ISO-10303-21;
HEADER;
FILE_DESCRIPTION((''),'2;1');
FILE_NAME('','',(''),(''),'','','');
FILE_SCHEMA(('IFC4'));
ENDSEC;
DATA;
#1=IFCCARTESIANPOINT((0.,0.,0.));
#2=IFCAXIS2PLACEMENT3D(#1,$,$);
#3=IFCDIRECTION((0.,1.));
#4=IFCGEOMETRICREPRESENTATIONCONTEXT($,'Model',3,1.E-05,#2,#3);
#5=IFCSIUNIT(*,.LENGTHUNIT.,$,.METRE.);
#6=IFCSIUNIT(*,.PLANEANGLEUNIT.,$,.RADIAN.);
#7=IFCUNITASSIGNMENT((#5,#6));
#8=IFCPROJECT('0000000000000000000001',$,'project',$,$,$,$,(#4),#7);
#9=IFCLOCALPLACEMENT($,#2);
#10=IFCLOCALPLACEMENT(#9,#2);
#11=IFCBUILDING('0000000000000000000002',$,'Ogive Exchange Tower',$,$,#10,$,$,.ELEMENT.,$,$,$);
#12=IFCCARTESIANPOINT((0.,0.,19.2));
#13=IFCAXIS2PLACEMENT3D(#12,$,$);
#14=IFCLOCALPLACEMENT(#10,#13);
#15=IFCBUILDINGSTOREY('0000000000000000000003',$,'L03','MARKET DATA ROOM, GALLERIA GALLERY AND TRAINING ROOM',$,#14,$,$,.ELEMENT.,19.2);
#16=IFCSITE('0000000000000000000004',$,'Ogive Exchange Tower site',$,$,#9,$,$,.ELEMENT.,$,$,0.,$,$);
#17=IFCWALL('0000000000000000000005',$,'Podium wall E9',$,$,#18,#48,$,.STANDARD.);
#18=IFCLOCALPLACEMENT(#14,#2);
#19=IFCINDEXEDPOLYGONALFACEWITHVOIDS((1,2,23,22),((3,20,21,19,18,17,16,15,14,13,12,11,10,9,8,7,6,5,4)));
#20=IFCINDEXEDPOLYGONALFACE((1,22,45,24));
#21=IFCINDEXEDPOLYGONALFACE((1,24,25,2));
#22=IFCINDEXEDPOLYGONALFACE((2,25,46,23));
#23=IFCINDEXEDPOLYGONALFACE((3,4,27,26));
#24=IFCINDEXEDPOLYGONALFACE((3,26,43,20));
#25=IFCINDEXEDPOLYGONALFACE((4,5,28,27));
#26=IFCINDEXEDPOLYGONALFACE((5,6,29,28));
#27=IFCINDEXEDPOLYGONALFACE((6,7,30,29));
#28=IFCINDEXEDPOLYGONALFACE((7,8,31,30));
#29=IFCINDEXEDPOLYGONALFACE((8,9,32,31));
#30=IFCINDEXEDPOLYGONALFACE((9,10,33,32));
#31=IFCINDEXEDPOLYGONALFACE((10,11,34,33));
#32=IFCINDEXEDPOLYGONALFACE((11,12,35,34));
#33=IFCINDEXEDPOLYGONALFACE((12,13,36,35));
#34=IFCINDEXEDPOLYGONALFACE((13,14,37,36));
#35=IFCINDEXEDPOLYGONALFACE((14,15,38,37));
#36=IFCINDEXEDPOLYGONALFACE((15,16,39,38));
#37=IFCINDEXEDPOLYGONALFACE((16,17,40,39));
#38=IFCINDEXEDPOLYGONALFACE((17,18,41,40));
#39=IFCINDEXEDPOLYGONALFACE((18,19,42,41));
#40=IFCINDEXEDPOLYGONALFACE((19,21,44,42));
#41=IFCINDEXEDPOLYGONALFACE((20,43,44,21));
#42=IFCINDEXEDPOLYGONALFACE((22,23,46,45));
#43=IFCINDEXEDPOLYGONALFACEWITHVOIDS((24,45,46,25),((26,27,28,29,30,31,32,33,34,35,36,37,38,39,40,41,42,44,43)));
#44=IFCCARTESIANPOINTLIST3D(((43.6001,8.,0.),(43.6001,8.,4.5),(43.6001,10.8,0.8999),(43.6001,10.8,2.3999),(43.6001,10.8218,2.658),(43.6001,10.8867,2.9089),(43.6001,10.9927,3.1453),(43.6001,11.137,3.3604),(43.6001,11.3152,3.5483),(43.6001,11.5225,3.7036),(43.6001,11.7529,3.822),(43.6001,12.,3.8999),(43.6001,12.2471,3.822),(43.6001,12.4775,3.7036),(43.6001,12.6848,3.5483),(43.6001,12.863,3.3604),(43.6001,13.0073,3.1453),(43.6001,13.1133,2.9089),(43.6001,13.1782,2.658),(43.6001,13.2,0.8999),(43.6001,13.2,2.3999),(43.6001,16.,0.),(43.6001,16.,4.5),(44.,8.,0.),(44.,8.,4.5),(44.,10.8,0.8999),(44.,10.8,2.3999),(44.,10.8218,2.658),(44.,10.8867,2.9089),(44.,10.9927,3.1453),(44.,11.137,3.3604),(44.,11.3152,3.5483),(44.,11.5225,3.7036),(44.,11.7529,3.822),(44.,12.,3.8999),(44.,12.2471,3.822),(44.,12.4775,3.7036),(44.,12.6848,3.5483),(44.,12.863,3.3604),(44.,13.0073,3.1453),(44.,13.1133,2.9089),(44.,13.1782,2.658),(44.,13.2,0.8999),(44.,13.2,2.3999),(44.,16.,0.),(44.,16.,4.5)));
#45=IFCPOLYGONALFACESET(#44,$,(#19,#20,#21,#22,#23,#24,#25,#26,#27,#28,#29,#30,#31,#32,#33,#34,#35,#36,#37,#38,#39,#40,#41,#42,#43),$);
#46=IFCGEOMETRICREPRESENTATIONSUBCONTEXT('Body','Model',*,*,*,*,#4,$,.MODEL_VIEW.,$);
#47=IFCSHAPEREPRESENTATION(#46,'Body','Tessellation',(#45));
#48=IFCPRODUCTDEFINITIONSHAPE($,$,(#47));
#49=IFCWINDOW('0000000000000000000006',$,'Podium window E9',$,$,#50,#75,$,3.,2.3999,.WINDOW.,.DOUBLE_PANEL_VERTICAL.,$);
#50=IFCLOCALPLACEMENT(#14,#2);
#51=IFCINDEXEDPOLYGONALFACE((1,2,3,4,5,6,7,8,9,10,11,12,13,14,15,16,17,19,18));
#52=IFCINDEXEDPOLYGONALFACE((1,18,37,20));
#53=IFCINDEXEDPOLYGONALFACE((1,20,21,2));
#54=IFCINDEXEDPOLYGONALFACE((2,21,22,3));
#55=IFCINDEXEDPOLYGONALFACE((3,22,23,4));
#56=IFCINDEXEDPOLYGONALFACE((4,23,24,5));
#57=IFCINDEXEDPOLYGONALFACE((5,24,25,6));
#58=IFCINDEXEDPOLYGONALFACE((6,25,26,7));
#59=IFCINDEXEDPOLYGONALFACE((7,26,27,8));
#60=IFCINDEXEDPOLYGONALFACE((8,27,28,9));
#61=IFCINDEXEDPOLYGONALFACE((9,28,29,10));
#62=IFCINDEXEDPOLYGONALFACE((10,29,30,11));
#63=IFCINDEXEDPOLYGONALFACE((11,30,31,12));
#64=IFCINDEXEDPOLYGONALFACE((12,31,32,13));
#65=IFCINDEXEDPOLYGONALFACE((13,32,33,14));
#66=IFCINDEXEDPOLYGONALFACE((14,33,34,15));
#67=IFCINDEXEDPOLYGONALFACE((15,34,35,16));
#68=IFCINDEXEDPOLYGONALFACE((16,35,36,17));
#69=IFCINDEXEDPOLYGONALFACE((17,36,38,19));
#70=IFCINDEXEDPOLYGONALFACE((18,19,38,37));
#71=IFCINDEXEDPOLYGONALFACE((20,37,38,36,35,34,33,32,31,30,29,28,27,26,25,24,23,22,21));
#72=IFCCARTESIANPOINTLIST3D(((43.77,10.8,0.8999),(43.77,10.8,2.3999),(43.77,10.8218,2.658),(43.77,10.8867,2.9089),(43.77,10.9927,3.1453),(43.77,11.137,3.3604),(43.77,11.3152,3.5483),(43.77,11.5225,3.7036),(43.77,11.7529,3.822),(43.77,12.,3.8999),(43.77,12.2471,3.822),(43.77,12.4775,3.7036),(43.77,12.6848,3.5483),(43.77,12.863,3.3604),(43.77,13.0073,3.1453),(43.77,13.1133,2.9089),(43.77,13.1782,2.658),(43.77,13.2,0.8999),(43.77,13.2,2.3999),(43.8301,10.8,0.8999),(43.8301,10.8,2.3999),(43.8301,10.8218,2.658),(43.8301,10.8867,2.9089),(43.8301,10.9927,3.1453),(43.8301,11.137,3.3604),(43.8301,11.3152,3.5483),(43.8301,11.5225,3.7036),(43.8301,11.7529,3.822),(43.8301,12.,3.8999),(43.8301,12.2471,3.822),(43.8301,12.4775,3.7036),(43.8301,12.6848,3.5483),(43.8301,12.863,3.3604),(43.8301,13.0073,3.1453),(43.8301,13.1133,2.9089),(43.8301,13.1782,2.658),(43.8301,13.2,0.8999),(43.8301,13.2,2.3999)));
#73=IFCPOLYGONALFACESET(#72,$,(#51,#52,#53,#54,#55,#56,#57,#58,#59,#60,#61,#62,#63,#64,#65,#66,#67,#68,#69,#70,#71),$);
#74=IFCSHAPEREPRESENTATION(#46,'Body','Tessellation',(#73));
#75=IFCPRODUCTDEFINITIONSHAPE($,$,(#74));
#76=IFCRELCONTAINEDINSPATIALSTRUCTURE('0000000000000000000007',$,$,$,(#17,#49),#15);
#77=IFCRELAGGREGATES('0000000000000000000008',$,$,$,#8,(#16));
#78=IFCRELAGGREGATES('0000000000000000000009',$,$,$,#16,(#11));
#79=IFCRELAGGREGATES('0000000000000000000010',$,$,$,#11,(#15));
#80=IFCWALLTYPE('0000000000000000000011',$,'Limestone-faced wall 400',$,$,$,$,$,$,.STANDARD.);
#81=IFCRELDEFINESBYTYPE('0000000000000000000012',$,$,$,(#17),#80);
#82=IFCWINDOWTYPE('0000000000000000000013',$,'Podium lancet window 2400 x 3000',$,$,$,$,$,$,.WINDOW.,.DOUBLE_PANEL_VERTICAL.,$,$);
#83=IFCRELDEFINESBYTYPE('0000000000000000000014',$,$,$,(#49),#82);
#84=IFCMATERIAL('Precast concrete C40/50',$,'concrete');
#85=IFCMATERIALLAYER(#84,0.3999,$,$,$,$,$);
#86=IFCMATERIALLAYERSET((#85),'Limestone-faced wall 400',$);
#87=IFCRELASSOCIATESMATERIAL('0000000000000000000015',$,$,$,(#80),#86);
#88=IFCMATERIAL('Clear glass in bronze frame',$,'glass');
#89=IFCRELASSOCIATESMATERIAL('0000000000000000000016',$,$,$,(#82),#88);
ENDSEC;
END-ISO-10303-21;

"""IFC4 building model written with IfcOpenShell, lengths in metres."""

from ifc_helpers import new_model, si_unit, direction, frame, frame_2d, origin, place, context, subcontext, project, spatial, polyline, rectangle, outline, extrude, material, layer, layer_set, type_object, element, fill, save


model = new_model("IFC4")

# Units and contexts
model_context = context("Model", 3, precision=1e-05, world=origin(), true_north=direction((0.0, 1.0)))
body_context = subcontext(model_context, "Body", "Model", "MODEL_VIEW")
ifc_project = project(units=[si_unit("LENGTHUNIT", "METRE"), si_unit("PLANEANGLEUNIT", "RADIAN")], contexts=[model_context])

# Site, building, storey
site_placement = place(None, origin())
site = spatial("IfcSite", under=ifc_project, at=site_placement, Name="Ogive Exchange Tower site", CompositionType="ELEMENT", RefElevation=0.0)
building_placement = place(site_placement, origin())
building = spatial("IfcBuilding", under=site, at=building_placement, Name="Ogive Exchange Tower", CompositionType="ELEMENT")
storey_placement = place(building_placement, frame((0.0, 0.0, 19.2)))
storey = spatial("IfcBuildingStorey", under=building, at=storey_placement, Name="L03", Description="MARKET DATA ROOM, GALLERIA GALLERY AND TRAINING ROOM", CompositionType="ELEMENT", Elevation=19.2)

# Shared definitions
ifc_material_1 = material(Name="Precast concrete C40/50", Category="concrete")
ifc_layer_1 = layer(ifc_material_1, 0.3999)
ifc_layer_set_1 = layer_set([ifc_layer_1], Name="Limestone-faced wall 400")
wall_type_1 = type_object("IfcWallType", Name="Limestone-faced wall 400", PredefinedType="STANDARD", material=ifc_layer_set_1)
ifc_material_2 = material(Name="Clear glass in bronze frame", Category="glass")
window_type_1 = type_object("IfcWindowType", Name="Podium lancet window 2400 x 3000", PartitioningType="DOUBLE_PANEL_VERTICAL", PredefinedType="WINDOW", material=ifc_material_2)

# Wall, opening, window
wall_1_placement = place(storey_placement, frame((43.8, 8.0, 0.0), z_axis=(0.0, 0.0, 1.0), x_axis=(0.0, 1.0, 0.0)))
wall_1 = element("IfcWall", 1, at=wall_1_placement, inside=storey, type_object=wall_type_1, Name="Podium wall E9", PredefinedType="STANDARD", context=body_context, shape_type="SweptSolid", body=[
    extrude(rectangle(XDim=8.0, YDim=0.3999, at=frame_2d((4.0, 0.0))), origin(), (0.0, 0.0, 1.0), 4.5),
])
opening_1_placement = place(wall_1_placement, frame((2.8, 0.0, 0.8999)))
opening_1 = element("IfcOpeningElement", 2, at=opening_1_placement, cuts=wall_1, PredefinedType="OPENING", context=body_context, shape_type="SweptSolid", body=[
    extrude(outline(polyline([(0.0, 0.0), (2.3999, 0.0), (2.3999, 1.5), (2.3782, 1.7581), (2.3132, 2.009), (2.2073, 2.2454), (2.063, 2.4604), (1.8848, 2.6484), (1.6775, 2.8037), (1.447, 2.9221), (1.2, 3.0), (0.9529, 2.9221), (0.7224, 2.8037), (0.5151, 2.6484), (0.3369, 2.4604), (0.1926, 2.2454), (0.0867, 2.009), (0.0217, 1.7581), (0.0, 1.5), (0.0, 0.0)])), frame((0.0, 0.21, 0.0), z_axis=(0.0, -1.0, 0.0), x_axis=(1.0, 0.0, 0.0)), (0.0, 0.0, 1.0), 0.4199),
])
window_1_placement = place(opening_1_placement, origin())
window_1 = element("IfcWindow", 3, at=window_1_placement, inside=storey, type_object=window_type_1, Name="Podium window E9", OverallHeight=3.0, OverallWidth=2.3999, PartitioningType="DOUBLE_PANEL_VERTICAL", PredefinedType="WINDOW", context=body_context, shape_type="SweptSolid", body=[
    extrude(outline(polyline([(0.0, 0.0), (2.3999, 0.0), (2.3999, 1.5), (2.3782, 1.7581), (2.3132, 2.009), (2.2073, 2.2454), (2.063, 2.4604), (1.8848, 2.6484), (1.6775, 2.8037), (1.447, 2.9221), (1.2, 3.0), (0.9529, 2.9221), (0.7224, 2.8037), (0.5151, 2.6484), (0.3369, 2.4604), (0.1926, 2.2454), (0.0867, 2.009), (0.0217, 1.7581), (0.0, 1.5), (0.0, 0.0)])), frame((0.0, 0.03, 0.0), z_axis=(0.0, -1.0, 0.0), x_axis=(1.0, 0.0, 0.0)), (0.0, 0.0, 1.0), 0.0601),
])
fill(opening_1, window_1)

save(model, "model.ifc")
